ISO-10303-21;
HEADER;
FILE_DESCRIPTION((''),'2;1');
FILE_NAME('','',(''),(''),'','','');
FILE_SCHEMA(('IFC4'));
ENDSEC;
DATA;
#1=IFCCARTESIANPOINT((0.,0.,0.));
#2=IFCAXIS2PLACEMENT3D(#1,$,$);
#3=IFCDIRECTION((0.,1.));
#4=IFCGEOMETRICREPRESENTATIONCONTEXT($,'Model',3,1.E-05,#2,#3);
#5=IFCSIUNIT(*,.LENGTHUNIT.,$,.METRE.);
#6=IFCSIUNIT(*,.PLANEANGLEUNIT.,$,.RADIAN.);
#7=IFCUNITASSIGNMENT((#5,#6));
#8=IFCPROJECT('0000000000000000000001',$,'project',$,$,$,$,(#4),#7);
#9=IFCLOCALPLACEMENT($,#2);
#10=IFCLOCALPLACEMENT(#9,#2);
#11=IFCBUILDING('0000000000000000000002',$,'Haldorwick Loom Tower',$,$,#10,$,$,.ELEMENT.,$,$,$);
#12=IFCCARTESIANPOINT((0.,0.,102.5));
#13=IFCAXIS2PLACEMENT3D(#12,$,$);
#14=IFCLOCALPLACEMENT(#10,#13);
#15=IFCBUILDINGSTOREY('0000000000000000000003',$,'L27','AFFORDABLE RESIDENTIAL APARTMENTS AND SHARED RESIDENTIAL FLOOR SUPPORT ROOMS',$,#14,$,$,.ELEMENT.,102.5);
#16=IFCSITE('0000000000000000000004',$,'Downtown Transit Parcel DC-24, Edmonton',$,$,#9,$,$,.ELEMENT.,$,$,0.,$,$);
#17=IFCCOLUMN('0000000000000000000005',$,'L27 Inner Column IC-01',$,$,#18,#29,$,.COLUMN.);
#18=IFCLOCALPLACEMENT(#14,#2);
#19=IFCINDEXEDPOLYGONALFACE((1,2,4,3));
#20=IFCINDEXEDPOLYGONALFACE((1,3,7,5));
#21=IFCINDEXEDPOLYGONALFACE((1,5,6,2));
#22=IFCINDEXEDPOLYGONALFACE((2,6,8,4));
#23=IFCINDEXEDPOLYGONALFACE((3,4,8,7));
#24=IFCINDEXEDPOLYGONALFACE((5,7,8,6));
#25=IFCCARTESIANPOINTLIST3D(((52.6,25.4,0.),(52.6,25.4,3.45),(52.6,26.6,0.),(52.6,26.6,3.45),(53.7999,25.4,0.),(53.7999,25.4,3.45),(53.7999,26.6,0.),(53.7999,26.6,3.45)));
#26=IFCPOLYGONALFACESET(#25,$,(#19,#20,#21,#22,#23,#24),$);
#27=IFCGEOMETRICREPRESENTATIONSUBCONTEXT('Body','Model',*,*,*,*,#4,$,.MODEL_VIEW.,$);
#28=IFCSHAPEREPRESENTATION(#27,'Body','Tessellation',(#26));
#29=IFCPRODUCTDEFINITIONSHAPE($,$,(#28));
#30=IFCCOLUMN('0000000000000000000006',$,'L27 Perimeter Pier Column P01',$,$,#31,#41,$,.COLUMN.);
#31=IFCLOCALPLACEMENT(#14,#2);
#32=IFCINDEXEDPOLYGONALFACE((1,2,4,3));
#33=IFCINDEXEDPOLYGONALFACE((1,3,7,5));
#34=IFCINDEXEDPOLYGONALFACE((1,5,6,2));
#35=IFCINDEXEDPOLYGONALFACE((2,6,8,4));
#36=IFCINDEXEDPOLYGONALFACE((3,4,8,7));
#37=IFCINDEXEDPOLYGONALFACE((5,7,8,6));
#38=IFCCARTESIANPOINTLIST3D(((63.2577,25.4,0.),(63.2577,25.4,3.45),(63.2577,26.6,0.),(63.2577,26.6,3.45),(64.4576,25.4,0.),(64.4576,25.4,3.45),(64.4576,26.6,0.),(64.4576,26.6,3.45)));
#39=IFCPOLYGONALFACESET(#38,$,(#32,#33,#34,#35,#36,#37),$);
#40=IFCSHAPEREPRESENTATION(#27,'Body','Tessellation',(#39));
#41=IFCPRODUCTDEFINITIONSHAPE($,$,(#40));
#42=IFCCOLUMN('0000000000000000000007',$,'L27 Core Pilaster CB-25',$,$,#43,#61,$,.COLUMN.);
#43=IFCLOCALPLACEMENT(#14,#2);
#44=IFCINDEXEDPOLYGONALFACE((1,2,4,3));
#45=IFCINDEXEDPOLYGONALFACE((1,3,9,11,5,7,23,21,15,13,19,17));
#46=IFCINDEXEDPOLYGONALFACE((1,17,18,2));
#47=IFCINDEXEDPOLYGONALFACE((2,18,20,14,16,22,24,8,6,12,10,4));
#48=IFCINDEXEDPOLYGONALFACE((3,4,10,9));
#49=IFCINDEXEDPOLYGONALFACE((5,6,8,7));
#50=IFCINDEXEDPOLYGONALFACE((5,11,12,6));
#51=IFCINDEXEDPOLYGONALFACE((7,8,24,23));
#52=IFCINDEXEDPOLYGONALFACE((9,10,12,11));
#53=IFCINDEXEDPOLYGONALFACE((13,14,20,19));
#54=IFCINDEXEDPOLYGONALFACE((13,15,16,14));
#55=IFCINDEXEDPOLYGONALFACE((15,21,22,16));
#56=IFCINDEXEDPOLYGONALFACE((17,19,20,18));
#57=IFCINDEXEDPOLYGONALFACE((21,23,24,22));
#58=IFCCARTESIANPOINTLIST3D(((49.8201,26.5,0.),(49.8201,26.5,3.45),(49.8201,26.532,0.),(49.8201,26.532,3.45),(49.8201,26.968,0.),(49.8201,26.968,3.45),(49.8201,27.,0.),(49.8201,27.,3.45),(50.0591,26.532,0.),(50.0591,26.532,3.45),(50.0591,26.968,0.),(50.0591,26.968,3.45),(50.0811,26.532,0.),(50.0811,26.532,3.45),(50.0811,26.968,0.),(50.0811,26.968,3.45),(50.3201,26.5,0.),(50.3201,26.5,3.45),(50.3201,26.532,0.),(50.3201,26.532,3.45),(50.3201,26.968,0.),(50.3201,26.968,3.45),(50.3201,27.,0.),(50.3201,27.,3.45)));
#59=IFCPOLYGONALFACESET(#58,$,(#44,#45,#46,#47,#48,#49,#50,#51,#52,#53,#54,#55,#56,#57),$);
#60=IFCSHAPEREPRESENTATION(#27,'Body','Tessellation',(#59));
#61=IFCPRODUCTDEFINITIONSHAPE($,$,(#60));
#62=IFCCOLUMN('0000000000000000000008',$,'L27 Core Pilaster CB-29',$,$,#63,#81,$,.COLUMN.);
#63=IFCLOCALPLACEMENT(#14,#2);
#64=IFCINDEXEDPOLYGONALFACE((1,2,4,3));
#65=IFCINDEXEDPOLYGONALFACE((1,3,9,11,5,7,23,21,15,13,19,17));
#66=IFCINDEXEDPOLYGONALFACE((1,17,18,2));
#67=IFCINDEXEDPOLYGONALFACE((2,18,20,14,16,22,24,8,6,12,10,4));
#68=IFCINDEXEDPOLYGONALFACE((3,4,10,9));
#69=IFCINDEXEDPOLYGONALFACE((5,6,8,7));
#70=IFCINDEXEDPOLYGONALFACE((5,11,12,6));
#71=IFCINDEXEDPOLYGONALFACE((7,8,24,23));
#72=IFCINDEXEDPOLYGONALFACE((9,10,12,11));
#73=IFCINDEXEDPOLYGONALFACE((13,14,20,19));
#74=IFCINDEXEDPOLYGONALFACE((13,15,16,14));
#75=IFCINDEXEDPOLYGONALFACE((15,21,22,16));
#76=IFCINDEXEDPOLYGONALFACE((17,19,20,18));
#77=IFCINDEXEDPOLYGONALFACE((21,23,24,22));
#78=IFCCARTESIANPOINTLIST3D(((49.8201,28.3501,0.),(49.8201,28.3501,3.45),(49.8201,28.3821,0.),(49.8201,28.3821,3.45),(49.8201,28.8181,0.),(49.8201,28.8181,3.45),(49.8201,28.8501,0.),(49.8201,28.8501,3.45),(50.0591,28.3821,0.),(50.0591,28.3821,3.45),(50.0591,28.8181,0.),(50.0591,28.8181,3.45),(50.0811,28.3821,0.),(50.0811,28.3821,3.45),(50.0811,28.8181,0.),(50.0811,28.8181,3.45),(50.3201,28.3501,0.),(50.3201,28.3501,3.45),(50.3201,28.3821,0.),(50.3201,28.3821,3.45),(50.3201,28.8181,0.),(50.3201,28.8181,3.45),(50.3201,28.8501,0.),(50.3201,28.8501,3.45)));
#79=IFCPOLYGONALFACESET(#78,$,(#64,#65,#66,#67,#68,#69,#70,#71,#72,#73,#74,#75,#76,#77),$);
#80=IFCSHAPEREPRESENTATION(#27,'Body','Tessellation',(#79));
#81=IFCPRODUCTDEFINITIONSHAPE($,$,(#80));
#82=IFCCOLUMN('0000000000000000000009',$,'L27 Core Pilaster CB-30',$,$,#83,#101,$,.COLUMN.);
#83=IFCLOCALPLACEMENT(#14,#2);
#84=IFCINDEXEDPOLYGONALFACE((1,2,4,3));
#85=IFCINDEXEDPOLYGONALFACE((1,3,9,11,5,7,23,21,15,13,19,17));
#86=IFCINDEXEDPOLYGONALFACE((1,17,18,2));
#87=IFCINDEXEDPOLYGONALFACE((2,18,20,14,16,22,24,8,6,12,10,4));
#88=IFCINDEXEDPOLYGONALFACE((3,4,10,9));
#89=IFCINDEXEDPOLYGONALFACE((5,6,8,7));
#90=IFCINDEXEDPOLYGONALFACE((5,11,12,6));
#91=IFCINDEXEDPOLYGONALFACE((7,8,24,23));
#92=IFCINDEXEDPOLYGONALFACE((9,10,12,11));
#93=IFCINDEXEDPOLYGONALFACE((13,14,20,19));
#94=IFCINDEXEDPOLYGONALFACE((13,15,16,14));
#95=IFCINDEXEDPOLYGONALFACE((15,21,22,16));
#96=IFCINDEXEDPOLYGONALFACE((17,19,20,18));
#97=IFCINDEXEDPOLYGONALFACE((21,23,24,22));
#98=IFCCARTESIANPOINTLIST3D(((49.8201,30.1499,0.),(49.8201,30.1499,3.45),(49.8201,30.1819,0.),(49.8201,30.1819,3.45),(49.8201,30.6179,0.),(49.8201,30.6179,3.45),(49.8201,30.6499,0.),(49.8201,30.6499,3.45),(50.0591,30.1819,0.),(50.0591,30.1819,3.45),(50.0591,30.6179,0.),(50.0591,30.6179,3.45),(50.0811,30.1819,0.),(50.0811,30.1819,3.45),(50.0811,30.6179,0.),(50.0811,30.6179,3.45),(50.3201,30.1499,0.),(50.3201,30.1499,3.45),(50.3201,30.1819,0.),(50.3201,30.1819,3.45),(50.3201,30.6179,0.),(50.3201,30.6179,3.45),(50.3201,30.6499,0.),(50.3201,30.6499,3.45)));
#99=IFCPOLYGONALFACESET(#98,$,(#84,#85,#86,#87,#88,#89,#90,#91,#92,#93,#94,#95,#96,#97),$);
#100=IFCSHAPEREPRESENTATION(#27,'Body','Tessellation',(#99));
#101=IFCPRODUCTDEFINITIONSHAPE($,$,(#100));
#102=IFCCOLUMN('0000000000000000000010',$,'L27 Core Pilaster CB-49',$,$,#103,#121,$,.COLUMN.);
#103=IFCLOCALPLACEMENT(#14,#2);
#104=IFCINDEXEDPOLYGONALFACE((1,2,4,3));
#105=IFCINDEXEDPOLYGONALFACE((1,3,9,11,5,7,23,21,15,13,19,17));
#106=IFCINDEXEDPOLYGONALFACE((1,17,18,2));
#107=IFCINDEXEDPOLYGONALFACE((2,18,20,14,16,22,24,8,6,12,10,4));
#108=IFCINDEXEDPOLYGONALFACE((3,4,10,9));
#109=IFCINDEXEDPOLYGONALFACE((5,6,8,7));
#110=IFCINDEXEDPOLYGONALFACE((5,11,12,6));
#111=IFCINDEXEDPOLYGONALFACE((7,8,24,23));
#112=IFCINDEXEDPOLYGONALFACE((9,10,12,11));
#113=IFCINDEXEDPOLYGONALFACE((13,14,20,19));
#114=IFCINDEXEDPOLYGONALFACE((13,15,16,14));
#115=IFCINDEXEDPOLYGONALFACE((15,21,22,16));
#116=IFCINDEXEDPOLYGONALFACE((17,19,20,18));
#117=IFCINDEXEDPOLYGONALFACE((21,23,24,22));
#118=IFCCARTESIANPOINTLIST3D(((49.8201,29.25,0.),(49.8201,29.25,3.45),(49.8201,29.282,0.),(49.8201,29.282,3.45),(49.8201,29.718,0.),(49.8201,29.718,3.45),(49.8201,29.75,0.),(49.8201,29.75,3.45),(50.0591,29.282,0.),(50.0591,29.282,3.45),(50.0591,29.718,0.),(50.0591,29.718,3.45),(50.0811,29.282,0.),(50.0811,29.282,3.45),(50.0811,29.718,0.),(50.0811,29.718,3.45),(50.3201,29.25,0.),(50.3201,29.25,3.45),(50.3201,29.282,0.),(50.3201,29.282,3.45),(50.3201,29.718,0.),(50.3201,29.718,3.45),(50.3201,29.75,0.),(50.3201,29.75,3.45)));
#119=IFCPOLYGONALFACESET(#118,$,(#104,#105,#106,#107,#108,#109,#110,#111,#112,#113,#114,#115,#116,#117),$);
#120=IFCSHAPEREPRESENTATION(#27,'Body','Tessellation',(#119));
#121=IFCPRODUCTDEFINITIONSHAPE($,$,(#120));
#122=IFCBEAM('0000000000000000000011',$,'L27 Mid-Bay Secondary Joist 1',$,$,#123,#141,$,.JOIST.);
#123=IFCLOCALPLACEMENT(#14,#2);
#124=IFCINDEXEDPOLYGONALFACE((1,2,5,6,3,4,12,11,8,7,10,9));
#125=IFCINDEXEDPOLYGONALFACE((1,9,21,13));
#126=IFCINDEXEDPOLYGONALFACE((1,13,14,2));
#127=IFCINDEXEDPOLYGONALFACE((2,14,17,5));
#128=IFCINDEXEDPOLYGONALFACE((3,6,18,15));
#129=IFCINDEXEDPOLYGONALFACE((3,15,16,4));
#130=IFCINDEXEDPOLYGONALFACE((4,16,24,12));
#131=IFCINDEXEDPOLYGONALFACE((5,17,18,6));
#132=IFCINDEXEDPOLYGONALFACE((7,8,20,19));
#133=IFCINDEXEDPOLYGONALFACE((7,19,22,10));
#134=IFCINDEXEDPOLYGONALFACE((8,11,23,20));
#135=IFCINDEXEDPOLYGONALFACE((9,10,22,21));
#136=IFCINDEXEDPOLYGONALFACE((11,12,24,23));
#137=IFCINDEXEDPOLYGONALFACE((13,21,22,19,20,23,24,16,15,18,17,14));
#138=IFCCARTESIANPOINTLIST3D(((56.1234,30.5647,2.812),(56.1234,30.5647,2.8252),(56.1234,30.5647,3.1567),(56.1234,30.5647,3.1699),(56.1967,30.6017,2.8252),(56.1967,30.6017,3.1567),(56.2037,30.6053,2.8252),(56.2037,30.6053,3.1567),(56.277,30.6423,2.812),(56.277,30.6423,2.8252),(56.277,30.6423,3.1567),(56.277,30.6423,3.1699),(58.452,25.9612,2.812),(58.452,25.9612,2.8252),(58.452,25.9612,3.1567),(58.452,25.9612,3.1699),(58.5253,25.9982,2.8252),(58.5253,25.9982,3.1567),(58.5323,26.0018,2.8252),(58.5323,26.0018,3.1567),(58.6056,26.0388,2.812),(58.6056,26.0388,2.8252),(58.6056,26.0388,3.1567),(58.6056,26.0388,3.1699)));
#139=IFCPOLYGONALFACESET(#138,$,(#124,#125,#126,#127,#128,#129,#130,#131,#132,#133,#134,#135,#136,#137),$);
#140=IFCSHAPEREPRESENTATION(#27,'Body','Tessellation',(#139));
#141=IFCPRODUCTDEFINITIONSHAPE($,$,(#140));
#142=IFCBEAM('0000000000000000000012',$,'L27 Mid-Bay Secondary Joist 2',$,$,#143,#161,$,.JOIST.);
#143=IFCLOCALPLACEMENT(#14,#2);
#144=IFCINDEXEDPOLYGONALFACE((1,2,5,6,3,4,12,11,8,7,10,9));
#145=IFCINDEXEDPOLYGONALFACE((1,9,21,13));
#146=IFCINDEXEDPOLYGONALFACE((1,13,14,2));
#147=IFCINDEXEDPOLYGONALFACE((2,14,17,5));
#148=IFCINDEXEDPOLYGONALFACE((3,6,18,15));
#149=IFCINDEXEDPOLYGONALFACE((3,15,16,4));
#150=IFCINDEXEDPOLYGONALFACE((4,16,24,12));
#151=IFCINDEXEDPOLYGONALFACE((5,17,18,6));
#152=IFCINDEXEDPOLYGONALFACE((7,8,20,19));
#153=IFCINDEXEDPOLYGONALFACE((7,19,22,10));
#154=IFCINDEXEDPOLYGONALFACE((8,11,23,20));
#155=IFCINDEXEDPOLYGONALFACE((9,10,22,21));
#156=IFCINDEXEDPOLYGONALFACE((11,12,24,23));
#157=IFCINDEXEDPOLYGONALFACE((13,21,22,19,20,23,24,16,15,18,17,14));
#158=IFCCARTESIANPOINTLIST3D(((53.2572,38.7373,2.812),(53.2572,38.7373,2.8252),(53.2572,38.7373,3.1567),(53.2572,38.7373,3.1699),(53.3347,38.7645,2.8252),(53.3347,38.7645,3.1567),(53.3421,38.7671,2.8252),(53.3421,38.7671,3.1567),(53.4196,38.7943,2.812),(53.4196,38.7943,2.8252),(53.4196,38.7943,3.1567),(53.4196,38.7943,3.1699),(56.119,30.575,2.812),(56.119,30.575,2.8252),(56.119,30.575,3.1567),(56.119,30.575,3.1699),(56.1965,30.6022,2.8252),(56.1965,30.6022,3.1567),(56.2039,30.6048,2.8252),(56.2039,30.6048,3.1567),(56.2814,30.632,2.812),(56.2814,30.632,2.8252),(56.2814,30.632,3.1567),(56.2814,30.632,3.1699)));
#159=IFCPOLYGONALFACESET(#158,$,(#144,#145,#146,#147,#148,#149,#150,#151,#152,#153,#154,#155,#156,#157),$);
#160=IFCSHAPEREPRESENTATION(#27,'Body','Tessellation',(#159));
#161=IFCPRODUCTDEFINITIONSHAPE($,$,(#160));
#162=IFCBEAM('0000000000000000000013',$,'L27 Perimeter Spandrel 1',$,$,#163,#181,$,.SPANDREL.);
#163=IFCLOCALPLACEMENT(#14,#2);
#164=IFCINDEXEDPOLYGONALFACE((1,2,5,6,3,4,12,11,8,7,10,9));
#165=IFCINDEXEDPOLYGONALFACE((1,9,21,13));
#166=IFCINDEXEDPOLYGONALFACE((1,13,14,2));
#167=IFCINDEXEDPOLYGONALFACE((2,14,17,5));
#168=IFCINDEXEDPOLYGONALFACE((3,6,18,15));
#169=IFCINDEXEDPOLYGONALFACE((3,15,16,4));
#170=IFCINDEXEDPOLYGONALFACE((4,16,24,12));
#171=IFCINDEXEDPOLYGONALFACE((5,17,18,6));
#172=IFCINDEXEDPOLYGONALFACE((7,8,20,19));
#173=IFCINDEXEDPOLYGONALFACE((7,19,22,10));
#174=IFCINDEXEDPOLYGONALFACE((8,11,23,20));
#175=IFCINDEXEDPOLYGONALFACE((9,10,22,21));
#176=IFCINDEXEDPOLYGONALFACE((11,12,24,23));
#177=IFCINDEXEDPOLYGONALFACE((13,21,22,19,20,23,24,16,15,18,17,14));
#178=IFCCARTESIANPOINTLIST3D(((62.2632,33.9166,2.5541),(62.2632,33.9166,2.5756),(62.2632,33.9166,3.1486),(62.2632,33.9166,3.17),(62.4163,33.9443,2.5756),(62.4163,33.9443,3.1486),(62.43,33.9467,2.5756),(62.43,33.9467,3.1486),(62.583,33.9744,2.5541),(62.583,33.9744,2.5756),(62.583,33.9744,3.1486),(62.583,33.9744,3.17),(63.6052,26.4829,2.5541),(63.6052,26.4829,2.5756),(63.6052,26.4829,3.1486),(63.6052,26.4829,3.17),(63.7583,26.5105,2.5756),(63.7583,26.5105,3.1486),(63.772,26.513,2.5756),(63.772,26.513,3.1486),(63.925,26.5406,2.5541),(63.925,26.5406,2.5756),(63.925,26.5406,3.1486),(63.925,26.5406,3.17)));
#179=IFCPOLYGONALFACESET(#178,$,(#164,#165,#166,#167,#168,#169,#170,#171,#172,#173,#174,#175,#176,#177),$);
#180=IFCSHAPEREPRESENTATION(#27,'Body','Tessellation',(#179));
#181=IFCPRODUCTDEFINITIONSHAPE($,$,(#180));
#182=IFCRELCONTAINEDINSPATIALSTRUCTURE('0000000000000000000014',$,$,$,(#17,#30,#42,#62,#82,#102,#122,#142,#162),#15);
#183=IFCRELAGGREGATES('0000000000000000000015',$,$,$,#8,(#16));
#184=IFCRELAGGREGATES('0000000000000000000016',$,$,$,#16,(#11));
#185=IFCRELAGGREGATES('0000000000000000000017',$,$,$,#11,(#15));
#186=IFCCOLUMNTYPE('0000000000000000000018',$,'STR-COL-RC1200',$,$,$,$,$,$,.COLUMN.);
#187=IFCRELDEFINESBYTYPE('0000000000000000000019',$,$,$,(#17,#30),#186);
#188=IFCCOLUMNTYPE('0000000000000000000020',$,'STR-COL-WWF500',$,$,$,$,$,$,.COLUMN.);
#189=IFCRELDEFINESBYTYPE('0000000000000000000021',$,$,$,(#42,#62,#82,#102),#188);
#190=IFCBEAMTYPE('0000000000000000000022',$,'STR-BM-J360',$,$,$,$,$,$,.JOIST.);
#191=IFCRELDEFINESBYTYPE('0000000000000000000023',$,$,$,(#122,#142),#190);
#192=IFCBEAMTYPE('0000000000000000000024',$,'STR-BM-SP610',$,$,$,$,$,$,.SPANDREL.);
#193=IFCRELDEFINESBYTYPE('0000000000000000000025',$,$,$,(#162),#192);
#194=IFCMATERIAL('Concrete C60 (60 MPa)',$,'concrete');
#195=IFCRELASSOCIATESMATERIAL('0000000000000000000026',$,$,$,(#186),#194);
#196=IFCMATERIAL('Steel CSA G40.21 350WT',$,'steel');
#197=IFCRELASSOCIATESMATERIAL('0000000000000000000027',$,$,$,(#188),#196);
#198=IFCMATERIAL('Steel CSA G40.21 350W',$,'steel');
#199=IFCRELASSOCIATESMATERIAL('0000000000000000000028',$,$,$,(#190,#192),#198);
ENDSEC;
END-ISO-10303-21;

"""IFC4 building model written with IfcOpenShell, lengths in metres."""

from ifc_helpers import new_model, si_unit, direction, frame, origin, origin_2d, place, context, subcontext, project, spatial, rectangle, i_section, extrude, material, material_profile, profile_set, type_object, element, save


model = new_model("IFC4")

# Units and contexts
model_context = context("Model", 3, precision=1e-05, world=origin(), true_north=direction((0.0, 1.0)))
body_context = subcontext(model_context, "Body", "Model", "MODEL_VIEW")
ifc_project = project(units=[si_unit("LENGTHUNIT", "METRE"), si_unit("PLANEANGLEUNIT", "RADIAN")], contexts=[model_context])

# Site, building, storey
site_placement = place(None, origin())
site = spatial("IfcSite", under=ifc_project, at=site_placement, Name="Downtown Transit Parcel DC-24, Edmonton", CompositionType="ELEMENT", RefElevation=0.0)
building_placement = place(site_placement, origin())
building = spatial("IfcBuilding", under=site, at=building_placement, Name="Haldorwick Loom Tower", CompositionType="ELEMENT")
storey_placement = place(building_placement, frame((0.0, 0.0, 102.5)))
storey = spatial("IfcBuildingStorey", under=building, at=storey_placement, Name="L27", Description="AFFORDABLE RESIDENTIAL APARTMENTS AND SHARED RESIDENTIAL FLOOR SUPPORT ROOMS", CompositionType="ELEMENT", Elevation=102.5)

# Columns
ifc_material_1 = material(Name="Concrete C60 (60 MPa)", Category="concrete")
ifc_material_profile_1 = material_profile(ifc_material_1, rectangle(XDim=1.2, YDim=1.2, at=origin_2d()), Name="RC1200X1200", Category="concrete")
ifc_profile_set_1 = profile_set([ifc_material_profile_1], Name="Concrete C60 (60 MPa)")
column_type_1 = type_object("IfcColumnType", Name="STR-COL-RC1200", PredefinedType="COLUMN", material=ifc_profile_set_1)
for number, where, z_axis, x_axis, name in (
    (1, (53.2, 26.0, 0.0), (0.0, 0.0, 1.0), (1.0, 0.0, 0.0), "L27 Inner Column IC-01"),
    (2, (63.8577, 26.0, 0.0), (0.0, 0.0, 1.0), (1.0, 0.0, 0.0), "L27 Perimeter Pier Column P01"),
):
    element("IfcColumn", number, at=place(storey_placement, frame(where, z_axis=z_axis, x_axis=x_axis)), inside=storey, type_object=column_type_1, Name=name, PredefinedType="COLUMN", context=body_context, shape_type="SweptSolid", body=[
        extrude(rectangle(XDim=1.2, YDim=1.2, at=origin_2d()), origin(), (0.0, 0.0, 1.0), 3.45),
    ])
ifc_material_2 = material(Name="Steel CSA G40.21 350WT", Category="steel")
ifc_material_profile_2 = material_profile(ifc_material_2, i_section(OverallWidth=0.5, OverallDepth=0.5, WebThickness=0.022, FlangeThickness=0.032, at=origin_2d()), Name="WWF500X500", Category="steel")
ifc_profile_set_2 = profile_set([ifc_material_profile_2], Name="Steel CSA G40.21 350WT")
column_type_2 = type_object("IfcColumnType", Name="STR-COL-WWF500", PredefinedType="COLUMN", material=ifc_profile_set_2)
for number, where, z_axis, x_axis, name in (
    (3, (50.0701, 26.75, 0.0), (0.0, 0.0, 1.0), (1.0, 0.0, 0.0), "L27 Core Pilaster CB-25"),
    (4, (50.0701, 28.6001, 0.0), (0.0, 0.0, 1.0), (1.0, 0.0, 0.0), "L27 Core Pilaster CB-29"),
    (5, (50.0701, 30.3999, 0.0), (0.0, 0.0, 1.0), (1.0, 0.0, 0.0), "L27 Core Pilaster CB-30"),
    (6, (50.0701, 29.5, 0.0), (0.0, 0.0, 1.0), (1.0, 0.0, 0.0), "L27 Core Pilaster CB-49"),
):
    element("IfcColumn", number, at=place(storey_placement, frame(where, z_axis=z_axis, x_axis=x_axis)), inside=storey, type_object=column_type_2, Name=name, PredefinedType="COLUMN", context=body_context, shape_type="SweptSolid", body=[
        extrude(i_section(OverallWidth=0.5, OverallDepth=0.5, WebThickness=0.022, FlangeThickness=0.032, at=origin_2d()), origin(), (0.0, 0.0, 1.0), 3.45),
    ])

# Beams
ifc_material_3 = material(Name="Steel CSA G40.21 350W", Category="steel")
ifc_material_profile_3 = material_profile(ifc_material_3, i_section(OverallWidth=0.1721, OverallDepth=0.3579, WebThickness=0.0078, FlangeThickness=0.0132, at=origin_2d()), Name="W360X57", Category="steel")
ifc_profile_set_3 = profile_set([ifc_material_profile_3], Name="Steel CSA G40.21 350W")
beam_type_1 = type_object("IfcBeamType", Name="STR-BM-J360", PredefinedType="JOIST", material=ifc_profile_set_3)
beam_1_placement = place(storey_placement, frame((58.5288, 26.0, 2.991), z_axis=(-0.451373, 0.892335, 0.0), x_axis=(-0.892335, -0.451373, 0.0)))
element("IfcBeam", 7, at=beam_1_placement, inside=storey, type_object=beam_type_1, Name="L27 Mid-Bay Secondary Joist 1", PredefinedType="JOIST", context=body_context, shape_type="SweptSolid", body=[
    extrude(i_section(OverallWidth=0.1721, OverallDepth=0.3579, WebThickness=0.0078, FlangeThickness=0.0132, at=origin_2d()), origin(), (0.0, 0.0, 1.0), 5.1589),
])
beam_2_placement = place(storey_placement, frame((56.2002, 30.6035, 2.991), z_axis=(-0.330865, 0.943678, 0.0), x_axis=(-0.943678, -0.330865, 0.0)))
element("IfcBeam", 8, at=beam_2_placement, inside=storey, type_object=beam_type_1, Name="L27 Mid-Bay Secondary Joist 2", PredefinedType="JOIST", context=body_context, shape_type="SweptSolid", body=[
    extrude(i_section(OverallWidth=0.1721, OverallDepth=0.3579, WebThickness=0.0078, FlangeThickness=0.0132, at=origin_2d()), origin(), (0.0, 0.0, 1.0), 8.6494),
])
ifc_material_profile_4 = material_profile(ifc_material_3, i_section(OverallWidth=0.325, OverallDepth=0.616, WebThickness=0.0139, FlangeThickness=0.0215, at=origin_2d()), Name="W610X174", Category="steel")
ifc_profile_set_4 = profile_set([ifc_material_profile_4], Name="Steel CSA G40.21 350W")
beam_type_2 = type_object("IfcBeamType", Name="STR-BM-SP610", PredefinedType="SPANDREL", material=ifc_profile_set_4)
beam_3_placement = place(storey_placement, frame((63.7651, 26.5117, 2.8621), z_axis=(-0.177659, 0.984092, 0.0), x_axis=(-0.984092, -0.177659, 0.0)))
element("IfcBeam", 9, at=beam_3_placement, inside=storey, type_object=beam_type_2, Name="L27 Perimeter Spandrel 1", PredefinedType="SPANDREL", context=body_context, shape_type="SweptSolid", body=[
    extrude(i_section(OverallWidth=0.325, OverallDepth=0.616, WebThickness=0.0139, FlangeThickness=0.0215, at=origin_2d()), origin(), (0.0, 0.0, 1.0), 7.554),
])

save(model, "model.ifc")
